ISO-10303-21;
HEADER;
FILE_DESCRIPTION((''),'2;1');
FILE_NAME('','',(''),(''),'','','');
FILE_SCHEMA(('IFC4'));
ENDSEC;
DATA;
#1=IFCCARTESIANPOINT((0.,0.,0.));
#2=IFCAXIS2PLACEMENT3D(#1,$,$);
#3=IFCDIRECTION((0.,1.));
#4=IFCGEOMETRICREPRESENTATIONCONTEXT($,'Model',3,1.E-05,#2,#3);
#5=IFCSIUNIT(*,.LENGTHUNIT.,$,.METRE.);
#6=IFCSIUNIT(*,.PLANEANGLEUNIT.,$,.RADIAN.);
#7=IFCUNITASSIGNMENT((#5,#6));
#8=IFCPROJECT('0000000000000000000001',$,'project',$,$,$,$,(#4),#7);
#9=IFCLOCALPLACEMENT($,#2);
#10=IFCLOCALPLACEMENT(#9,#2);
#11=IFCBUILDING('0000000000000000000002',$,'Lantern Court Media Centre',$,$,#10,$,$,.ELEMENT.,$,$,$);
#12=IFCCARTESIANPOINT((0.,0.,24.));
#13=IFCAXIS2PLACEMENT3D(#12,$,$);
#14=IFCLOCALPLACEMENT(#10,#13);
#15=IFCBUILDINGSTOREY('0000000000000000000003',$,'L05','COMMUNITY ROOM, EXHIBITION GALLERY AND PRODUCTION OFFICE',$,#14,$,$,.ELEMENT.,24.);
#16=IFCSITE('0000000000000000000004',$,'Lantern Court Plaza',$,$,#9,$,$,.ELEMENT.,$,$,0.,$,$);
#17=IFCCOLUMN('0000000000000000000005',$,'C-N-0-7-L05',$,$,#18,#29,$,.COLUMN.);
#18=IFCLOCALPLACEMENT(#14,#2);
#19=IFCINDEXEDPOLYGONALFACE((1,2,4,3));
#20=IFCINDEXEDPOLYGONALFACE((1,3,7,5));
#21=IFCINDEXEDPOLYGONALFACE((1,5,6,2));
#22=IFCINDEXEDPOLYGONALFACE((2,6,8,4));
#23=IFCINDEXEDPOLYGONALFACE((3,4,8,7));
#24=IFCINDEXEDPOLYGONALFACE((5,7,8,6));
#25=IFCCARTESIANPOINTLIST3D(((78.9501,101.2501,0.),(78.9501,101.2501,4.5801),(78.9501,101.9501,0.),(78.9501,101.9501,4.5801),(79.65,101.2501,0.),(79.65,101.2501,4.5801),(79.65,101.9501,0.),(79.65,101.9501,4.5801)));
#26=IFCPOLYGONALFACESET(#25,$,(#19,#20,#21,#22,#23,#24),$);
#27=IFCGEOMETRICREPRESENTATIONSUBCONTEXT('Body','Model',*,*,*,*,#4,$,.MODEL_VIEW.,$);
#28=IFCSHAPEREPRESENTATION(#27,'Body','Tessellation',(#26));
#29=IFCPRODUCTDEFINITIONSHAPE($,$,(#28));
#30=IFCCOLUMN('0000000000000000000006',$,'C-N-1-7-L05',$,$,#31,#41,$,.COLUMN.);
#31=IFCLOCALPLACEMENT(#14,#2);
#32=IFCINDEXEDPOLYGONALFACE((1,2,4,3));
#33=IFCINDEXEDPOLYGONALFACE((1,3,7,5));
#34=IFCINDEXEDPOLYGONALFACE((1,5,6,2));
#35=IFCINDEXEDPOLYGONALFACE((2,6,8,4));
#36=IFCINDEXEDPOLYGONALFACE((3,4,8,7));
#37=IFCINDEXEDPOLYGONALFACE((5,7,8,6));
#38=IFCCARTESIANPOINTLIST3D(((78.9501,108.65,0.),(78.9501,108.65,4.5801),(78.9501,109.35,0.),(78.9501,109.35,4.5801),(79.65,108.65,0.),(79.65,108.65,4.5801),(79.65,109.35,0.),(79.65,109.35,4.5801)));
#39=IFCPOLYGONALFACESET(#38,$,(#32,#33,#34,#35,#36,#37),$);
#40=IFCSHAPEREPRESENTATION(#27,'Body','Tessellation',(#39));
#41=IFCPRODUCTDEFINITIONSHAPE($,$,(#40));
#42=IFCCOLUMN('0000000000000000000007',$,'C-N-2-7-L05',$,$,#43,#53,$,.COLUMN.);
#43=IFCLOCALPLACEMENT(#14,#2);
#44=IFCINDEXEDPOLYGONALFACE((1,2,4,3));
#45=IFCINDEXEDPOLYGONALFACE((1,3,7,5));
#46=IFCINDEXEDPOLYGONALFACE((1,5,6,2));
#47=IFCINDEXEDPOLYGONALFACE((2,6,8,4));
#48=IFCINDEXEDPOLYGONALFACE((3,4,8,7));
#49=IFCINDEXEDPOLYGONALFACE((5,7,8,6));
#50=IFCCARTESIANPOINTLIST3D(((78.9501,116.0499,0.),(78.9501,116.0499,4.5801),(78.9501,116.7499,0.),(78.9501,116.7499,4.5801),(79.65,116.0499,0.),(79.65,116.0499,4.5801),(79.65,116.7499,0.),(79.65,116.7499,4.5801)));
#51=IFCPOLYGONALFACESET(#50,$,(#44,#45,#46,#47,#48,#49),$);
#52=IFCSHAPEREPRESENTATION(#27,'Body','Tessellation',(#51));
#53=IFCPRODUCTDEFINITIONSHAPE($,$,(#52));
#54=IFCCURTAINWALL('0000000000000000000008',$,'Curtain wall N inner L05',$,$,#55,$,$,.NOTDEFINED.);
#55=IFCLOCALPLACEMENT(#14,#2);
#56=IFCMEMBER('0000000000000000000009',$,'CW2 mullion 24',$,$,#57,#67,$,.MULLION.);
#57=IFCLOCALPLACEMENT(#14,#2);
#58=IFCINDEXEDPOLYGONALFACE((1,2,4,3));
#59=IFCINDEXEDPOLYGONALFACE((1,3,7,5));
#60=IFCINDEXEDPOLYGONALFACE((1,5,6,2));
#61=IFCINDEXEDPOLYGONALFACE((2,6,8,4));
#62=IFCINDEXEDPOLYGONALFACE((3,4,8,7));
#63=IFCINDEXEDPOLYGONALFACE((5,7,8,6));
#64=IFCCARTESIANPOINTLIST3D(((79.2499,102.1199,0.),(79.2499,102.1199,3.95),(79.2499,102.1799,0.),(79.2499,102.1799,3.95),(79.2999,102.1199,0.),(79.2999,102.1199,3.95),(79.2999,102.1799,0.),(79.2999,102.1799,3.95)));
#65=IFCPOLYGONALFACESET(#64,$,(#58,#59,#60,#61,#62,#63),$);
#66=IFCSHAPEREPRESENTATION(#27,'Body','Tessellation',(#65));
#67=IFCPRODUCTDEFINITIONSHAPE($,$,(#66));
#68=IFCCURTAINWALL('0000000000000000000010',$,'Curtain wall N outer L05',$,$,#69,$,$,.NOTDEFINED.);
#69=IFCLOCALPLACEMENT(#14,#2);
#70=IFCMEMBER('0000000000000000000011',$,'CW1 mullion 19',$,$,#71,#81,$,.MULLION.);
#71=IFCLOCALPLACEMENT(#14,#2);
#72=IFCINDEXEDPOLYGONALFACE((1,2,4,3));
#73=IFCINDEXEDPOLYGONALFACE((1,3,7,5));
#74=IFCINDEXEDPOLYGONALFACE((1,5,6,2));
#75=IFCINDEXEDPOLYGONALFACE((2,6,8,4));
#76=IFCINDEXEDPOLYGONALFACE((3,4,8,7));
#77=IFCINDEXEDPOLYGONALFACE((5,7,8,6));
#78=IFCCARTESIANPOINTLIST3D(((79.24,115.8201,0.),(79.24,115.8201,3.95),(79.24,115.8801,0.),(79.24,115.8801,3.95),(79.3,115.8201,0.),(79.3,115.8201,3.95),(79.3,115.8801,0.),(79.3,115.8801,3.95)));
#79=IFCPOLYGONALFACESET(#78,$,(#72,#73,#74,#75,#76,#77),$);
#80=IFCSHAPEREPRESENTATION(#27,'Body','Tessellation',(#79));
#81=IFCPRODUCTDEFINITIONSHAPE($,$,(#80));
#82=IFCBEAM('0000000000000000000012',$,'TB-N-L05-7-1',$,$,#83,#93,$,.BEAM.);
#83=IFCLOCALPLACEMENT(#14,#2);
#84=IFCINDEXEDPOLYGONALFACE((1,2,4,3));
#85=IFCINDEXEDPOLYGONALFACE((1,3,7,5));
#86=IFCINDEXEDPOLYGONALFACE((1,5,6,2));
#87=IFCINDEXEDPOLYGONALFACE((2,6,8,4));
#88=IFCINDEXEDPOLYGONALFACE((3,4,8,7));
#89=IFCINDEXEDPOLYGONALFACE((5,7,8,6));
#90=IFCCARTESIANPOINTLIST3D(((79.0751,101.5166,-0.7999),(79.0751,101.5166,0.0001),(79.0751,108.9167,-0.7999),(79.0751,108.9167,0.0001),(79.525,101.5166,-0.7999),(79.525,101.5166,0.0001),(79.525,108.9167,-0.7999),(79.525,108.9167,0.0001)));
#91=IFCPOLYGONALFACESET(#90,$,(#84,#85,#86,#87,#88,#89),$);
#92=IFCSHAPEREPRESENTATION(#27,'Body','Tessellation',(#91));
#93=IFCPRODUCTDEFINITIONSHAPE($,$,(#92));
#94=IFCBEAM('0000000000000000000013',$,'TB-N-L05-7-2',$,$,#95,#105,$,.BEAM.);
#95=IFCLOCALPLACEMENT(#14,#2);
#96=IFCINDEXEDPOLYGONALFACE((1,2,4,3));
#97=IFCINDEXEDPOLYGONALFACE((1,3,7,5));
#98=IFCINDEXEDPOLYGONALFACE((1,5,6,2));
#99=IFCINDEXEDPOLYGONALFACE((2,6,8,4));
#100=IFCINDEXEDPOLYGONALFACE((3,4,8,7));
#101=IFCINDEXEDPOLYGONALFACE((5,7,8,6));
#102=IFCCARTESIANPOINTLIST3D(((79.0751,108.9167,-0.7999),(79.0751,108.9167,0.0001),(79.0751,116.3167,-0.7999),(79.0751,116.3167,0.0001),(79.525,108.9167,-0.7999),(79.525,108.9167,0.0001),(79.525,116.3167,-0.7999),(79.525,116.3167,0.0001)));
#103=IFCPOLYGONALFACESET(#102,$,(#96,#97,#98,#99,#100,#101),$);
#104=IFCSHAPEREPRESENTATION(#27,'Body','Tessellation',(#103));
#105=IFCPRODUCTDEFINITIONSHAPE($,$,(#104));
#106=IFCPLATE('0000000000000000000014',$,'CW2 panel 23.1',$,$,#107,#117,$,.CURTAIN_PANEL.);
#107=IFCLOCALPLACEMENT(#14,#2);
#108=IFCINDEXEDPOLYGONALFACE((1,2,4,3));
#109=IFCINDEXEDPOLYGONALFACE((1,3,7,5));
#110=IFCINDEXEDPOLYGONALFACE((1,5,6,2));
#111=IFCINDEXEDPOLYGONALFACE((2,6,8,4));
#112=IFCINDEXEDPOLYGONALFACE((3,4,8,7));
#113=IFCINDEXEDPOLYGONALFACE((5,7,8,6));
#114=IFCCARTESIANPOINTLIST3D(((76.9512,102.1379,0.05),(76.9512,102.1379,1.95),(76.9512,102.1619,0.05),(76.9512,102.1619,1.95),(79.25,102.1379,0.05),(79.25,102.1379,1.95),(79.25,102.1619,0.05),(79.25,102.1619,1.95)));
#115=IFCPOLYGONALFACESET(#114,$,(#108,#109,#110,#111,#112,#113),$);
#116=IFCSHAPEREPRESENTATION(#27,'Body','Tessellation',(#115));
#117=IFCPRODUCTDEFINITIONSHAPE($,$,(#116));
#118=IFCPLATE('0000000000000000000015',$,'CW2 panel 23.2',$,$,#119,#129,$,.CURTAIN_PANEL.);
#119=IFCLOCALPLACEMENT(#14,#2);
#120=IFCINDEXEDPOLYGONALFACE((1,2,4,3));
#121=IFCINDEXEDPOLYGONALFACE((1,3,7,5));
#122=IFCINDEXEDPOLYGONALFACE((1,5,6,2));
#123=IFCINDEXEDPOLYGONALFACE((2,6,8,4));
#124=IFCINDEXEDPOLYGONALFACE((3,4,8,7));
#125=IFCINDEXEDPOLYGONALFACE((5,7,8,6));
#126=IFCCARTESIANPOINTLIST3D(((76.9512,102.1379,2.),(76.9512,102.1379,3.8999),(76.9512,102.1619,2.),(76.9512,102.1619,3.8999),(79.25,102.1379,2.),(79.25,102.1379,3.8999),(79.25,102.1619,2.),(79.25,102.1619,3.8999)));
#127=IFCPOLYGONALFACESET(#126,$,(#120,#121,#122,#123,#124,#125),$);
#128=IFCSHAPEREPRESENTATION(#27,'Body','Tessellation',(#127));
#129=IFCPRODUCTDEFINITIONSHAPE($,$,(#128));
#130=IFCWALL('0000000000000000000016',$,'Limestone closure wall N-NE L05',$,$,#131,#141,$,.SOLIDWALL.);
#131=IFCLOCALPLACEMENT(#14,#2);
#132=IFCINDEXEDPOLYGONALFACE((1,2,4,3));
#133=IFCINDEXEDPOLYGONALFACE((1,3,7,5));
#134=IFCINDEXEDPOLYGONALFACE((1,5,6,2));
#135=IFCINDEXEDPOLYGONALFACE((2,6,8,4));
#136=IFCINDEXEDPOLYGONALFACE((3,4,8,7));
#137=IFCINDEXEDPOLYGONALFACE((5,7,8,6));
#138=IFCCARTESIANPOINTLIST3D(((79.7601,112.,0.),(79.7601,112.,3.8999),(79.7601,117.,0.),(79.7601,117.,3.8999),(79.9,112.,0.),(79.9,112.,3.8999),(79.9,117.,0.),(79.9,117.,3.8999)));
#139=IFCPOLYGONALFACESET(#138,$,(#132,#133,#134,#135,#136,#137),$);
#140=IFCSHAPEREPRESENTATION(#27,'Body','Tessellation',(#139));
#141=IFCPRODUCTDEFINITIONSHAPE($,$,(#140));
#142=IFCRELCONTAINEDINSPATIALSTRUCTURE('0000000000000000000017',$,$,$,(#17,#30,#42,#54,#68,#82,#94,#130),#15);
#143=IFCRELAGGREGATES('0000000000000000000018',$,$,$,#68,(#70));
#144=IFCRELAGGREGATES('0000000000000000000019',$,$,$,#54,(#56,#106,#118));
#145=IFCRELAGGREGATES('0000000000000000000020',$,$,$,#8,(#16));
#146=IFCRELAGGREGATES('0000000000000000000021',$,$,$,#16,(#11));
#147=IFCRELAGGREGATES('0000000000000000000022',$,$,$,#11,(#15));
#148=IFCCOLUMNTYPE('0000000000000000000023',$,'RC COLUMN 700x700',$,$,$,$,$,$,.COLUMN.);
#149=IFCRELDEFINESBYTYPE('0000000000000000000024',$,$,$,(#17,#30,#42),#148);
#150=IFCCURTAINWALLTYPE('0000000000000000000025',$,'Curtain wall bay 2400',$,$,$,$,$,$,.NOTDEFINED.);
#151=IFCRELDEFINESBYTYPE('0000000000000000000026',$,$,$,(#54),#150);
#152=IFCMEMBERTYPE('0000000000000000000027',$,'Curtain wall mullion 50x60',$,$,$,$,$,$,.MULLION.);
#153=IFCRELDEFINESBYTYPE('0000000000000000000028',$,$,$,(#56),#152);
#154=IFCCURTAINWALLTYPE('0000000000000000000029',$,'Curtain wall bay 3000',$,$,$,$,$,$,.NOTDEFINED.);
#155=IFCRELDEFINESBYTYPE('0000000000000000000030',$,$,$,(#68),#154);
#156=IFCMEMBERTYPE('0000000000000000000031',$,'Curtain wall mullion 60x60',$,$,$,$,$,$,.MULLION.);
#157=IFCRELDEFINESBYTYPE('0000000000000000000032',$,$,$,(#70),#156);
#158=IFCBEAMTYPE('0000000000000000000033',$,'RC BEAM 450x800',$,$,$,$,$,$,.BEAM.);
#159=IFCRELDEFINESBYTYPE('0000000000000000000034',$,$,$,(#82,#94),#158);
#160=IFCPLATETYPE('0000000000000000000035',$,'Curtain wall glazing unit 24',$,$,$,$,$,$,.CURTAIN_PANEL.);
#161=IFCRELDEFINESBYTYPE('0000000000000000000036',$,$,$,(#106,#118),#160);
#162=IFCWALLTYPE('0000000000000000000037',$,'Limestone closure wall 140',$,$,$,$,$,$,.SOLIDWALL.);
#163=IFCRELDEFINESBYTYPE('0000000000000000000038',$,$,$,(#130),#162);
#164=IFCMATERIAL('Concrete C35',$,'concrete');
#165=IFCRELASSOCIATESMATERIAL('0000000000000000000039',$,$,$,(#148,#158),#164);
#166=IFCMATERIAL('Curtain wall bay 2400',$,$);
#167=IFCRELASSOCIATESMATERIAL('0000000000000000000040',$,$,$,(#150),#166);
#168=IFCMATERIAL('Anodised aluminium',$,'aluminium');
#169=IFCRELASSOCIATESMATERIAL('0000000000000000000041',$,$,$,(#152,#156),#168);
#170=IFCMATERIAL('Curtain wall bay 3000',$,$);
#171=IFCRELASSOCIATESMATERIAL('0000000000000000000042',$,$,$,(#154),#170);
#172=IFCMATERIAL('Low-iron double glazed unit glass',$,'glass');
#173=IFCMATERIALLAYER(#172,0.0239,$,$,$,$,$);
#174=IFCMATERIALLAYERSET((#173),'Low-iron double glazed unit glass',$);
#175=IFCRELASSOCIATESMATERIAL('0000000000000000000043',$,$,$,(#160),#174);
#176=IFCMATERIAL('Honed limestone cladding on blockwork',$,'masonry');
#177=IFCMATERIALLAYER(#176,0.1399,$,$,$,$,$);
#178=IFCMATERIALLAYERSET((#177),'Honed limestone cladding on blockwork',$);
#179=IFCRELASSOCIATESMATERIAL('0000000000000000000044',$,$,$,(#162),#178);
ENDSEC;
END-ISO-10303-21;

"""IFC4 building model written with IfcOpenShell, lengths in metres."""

from ifc_helpers import new_model, si_unit, direction, frame, frame_2d, origin, origin_2d, place, context, subcontext, project, spatial, rectangle, extrude, material, layer, layer_set, material_profile, profile_set, type_object, element, aggregate, save


model = new_model("IFC4")

# Units and contexts
model_context = context("Model", 3, precision=1e-05, world=origin(), true_north=direction((0.0, 1.0)))
body_context = subcontext(model_context, "Body", "Model", "MODEL_VIEW")
ifc_project = project(units=[si_unit("LENGTHUNIT", "METRE"), si_unit("PLANEANGLEUNIT", "RADIAN")], contexts=[model_context])

# Site, building, storey
site_placement = place(None, origin())
site = spatial("IfcSite", under=ifc_project, at=site_placement, Name="Lantern Court Plaza", CompositionType="ELEMENT", RefElevation=0.0)
building_placement = place(site_placement, origin())
building = spatial("IfcBuilding", under=site, at=building_placement, Name="Lantern Court Media Centre", CompositionType="ELEMENT")
storey_placement = place(building_placement, frame((0.0, 0.0, 24.0)))
storey = spatial("IfcBuildingStorey", under=building, at=storey_placement, Name="L05", Description="COMMUNITY ROOM, EXHIBITION GALLERY AND PRODUCTION OFFICE", CompositionType="ELEMENT", Elevation=24.0)

# Columns
ifc_material_1 = material(Name="Concrete C35", Category="concrete")
ifc_material_profile_1 = material_profile(ifc_material_1, rectangle(XDim=0.7, YDim=0.7, at=origin_2d()), Name="RC 700x700")
ifc_profile_set_1 = profile_set([ifc_material_profile_1], Name="Concrete C35")
column_type = type_object("IfcColumnType", Name="RC COLUMN 700x700", PredefinedType="COLUMN", material=ifc_profile_set_1)
for number, where, z_axis, x_axis, name in (
    (1, (79.3, 101.6001, 0.0), (0.0, 0.0, 1.0), (1.0, 0.0, 0.0), "C-N-0-7-L05"),
    (2, (79.3, 109.0, 0.0), (0.0, 0.0, 1.0), (1.0, 0.0, 0.0), "C-N-1-7-L05"),
    (3, (79.3, 116.3999, 0.0), (0.0, 0.0, 1.0), (1.0, 0.0, 0.0), "C-N-2-7-L05"),
):
    element("IfcColumn", number, at=place(storey_placement, frame(where, z_axis=z_axis, x_axis=x_axis)), inside=storey, type_object=column_type, Name=name, PredefinedType="COLUMN", context=body_context, shape_type="SweptSolid", body=[
        extrude(rectangle(XDim=0.7, YDim=0.7, at=origin_2d()), origin(), (0.0, 0.0, 1.0), 4.5801),
    ])

# Curtain walls, members
ifc_material_2 = material(Name="Curtain wall bay 2400")
curtain_wall_type_1 = type_object("IfcCurtainWallType", Name="Curtain wall bay 2400", PredefinedType="NOTDEFINED", material=ifc_material_2)
curtain_wall_1_placement = place(storey_placement, origin())
curtain_wall_1 = element("IfcCurtainWall", 4, at=curtain_wall_1_placement, inside=storey, type_object=curtain_wall_type_1, Name="Curtain wall N inner L05", PredefinedType="NOTDEFINED")
ifc_material_3 = material(Name="Anodised aluminium", Category="aluminium")
ifc_material_profile_2 = material_profile(ifc_material_3, rectangle(XDim=0.0601, YDim=0.05, at=origin_2d()), Name="AL 50x60")
ifc_profile_set_2 = profile_set([ifc_material_profile_2], Name="Anodised aluminium")
member_type_1 = type_object("IfcMemberType", Name="Curtain wall mullion 50x60", PredefinedType="MULLION", material=ifc_profile_set_2)
member_1_placement = place(storey_placement, frame((79.2749, 102.1499, 0.0), z_axis=(0.0, 0.0, 1.0), x_axis=(0.0, 1.0, 0.0)))
member_1 = element("IfcMember", 5, at=member_1_placement, type_object=member_type_1, Name="CW2 mullion 24", PredefinedType="MULLION", context=body_context, shape_type="SweptSolid", body=[
    extrude(rectangle(XDim=0.0601, YDim=0.05, at=origin_2d()), origin(), (0.0, 0.0, 1.0), 3.95),
])
ifc_material_4 = material(Name="Curtain wall bay 3000")
curtain_wall_type_2 = type_object("IfcCurtainWallType", Name="Curtain wall bay 3000", PredefinedType="NOTDEFINED", material=ifc_material_4)
curtain_wall_2_placement = place(storey_placement, origin())
curtain_wall_2 = element("IfcCurtainWall", 6, at=curtain_wall_2_placement, inside=storey, type_object=curtain_wall_type_2, Name="Curtain wall N outer L05", PredefinedType="NOTDEFINED")
ifc_material_profile_3 = material_profile(ifc_material_3, rectangle(XDim=0.0601, YDim=0.0601, at=origin_2d()), Name="AL 60x60")
ifc_profile_set_3 = profile_set([ifc_material_profile_3], Name="Anodised aluminium")
member_type_2 = type_object("IfcMemberType", Name="Curtain wall mullion 60x60", PredefinedType="MULLION", material=ifc_profile_set_3)
member_2_placement = place(storey_placement, frame((79.27, 115.8501, 0.0), z_axis=(0.0, 0.0, 1.0), x_axis=(0.0, 1.0, 0.0)))
member_2 = element("IfcMember", 7, at=member_2_placement, type_object=member_type_2, Name="CW1 mullion 19", PredefinedType="MULLION", context=body_context, shape_type="SweptSolid", body=[
    extrude(rectangle(XDim=0.0601, YDim=0.0601, at=origin_2d()), origin(), (0.0, 0.0, 1.0), 3.95),
])
aggregate(curtain_wall_2, [member_2])

# Beams
ifc_material_profile_4 = material_profile(ifc_material_1, rectangle(XDim=0.45, YDim=0.8, at=origin_2d()), Name="RC 450x800")
ifc_profile_set_4 = profile_set([ifc_material_profile_4], Name="Concrete C35")
beam_type = type_object("IfcBeamType", Name="RC BEAM 450x800", PredefinedType="BEAM", material=ifc_profile_set_4)
beam_1_placement = place(storey_placement, frame((79.3, 101.5166, -0.3999), z_axis=(0.0, 1.0, 0.0), x_axis=(-1.0, 0.0, 0.0)))
element("IfcBeam", 8, at=beam_1_placement, inside=storey, type_object=beam_type, Name="TB-N-L05-7-1", PredefinedType="BEAM", context=body_context, shape_type="SweptSolid", body=[
    extrude(rectangle(XDim=0.45, YDim=0.8, at=origin_2d()), origin(), (0.0, 0.0, 1.0), 7.4001),
])
beam_2_placement = place(storey_placement, frame((79.3, 108.9167, -0.3999), z_axis=(0.0, 1.0, 0.0), x_axis=(-1.0, 0.0, 0.0)))
element("IfcBeam", 9, at=beam_2_placement, inside=storey, type_object=beam_type, Name="TB-N-L05-7-2", PredefinedType="BEAM", context=body_context, shape_type="SweptSolid", body=[
    extrude(rectangle(XDim=0.45, YDim=0.8, at=origin_2d()), origin(), (0.0, 0.0, 1.0), 7.3999),
])

# Plates
ifc_material_5 = material(Name="Low-iron double glazed unit glass", Category="glass")
ifc_layer_1 = layer(ifc_material_5, 0.0239)
ifc_layer_set_1 = layer_set([ifc_layer_1], Name="Low-iron double glazed unit glass")
plate_type = type_object("IfcPlateType", Name="Curtain wall glazing unit 24", PredefinedType="CURTAIN_PANEL", material=ifc_layer_set_1)
plate_1_placement = place(storey_placement, frame((78.1006, 102.1499, 0.05), z_axis=(0.0, 0.0, 1.0), x_axis=(1.0, 0.0, 0.0)))
plate_1 = element("IfcPlate", 10, at=plate_1_placement, type_object=plate_type, Name="CW2 panel 23.1", PredefinedType="CURTAIN_PANEL", context=body_context, shape_type="SweptSolid", body=[
    extrude(rectangle(XDim=2.2988, YDim=0.0239, at=origin_2d()), origin(), (0.0, 0.0, 1.0), 1.8999),
])
plate_2_placement = place(storey_placement, frame((78.1006, 102.1499, 2.0), z_axis=(0.0, 0.0, 1.0), x_axis=(1.0, 0.0, 0.0)))
plate_2 = element("IfcPlate", 11, at=plate_2_placement, type_object=plate_type, Name="CW2 panel 23.2", PredefinedType="CURTAIN_PANEL", context=body_context, shape_type="SweptSolid", body=[
    extrude(rectangle(XDim=2.2988, YDim=0.0239, at=origin_2d()), origin(), (0.0, 0.0, 1.0), 1.8999),
])
aggregate(curtain_wall_1, [member_1, plate_1, plate_2])

# Wall
ifc_material_6 = material(Name="Honed limestone cladding on blockwork", Category="masonry")
ifc_layer_2 = layer(ifc_material_6, 0.1399)
ifc_layer_set_2 = layer_set([ifc_layer_2], Name="Honed limestone cladding on blockwork")
wall_type_1 = type_object("IfcWallType", Name="Limestone closure wall 140", PredefinedType="SOLIDWALL", material=ifc_layer_set_2)
wall_1_placement = place(storey_placement, frame((79.8301, 112.0, 0.0), z_axis=(0.0, 0.0, 1.0), x_axis=(0.0, 1.0, 0.0)))
element("IfcWall", 12, at=wall_1_placement, inside=storey, type_object=wall_type_1, Name="Limestone closure wall N-NE L05", PredefinedType="SOLIDWALL", context=body_context, shape_type="SweptSolid", body=[
    extrude(rectangle(XDim=5.0, YDim=0.1399, at=frame_2d((2.5, 0.0))), origin(), (0.0, 0.0, 1.0), 3.8999),
])

save(model, "model.ifc")
